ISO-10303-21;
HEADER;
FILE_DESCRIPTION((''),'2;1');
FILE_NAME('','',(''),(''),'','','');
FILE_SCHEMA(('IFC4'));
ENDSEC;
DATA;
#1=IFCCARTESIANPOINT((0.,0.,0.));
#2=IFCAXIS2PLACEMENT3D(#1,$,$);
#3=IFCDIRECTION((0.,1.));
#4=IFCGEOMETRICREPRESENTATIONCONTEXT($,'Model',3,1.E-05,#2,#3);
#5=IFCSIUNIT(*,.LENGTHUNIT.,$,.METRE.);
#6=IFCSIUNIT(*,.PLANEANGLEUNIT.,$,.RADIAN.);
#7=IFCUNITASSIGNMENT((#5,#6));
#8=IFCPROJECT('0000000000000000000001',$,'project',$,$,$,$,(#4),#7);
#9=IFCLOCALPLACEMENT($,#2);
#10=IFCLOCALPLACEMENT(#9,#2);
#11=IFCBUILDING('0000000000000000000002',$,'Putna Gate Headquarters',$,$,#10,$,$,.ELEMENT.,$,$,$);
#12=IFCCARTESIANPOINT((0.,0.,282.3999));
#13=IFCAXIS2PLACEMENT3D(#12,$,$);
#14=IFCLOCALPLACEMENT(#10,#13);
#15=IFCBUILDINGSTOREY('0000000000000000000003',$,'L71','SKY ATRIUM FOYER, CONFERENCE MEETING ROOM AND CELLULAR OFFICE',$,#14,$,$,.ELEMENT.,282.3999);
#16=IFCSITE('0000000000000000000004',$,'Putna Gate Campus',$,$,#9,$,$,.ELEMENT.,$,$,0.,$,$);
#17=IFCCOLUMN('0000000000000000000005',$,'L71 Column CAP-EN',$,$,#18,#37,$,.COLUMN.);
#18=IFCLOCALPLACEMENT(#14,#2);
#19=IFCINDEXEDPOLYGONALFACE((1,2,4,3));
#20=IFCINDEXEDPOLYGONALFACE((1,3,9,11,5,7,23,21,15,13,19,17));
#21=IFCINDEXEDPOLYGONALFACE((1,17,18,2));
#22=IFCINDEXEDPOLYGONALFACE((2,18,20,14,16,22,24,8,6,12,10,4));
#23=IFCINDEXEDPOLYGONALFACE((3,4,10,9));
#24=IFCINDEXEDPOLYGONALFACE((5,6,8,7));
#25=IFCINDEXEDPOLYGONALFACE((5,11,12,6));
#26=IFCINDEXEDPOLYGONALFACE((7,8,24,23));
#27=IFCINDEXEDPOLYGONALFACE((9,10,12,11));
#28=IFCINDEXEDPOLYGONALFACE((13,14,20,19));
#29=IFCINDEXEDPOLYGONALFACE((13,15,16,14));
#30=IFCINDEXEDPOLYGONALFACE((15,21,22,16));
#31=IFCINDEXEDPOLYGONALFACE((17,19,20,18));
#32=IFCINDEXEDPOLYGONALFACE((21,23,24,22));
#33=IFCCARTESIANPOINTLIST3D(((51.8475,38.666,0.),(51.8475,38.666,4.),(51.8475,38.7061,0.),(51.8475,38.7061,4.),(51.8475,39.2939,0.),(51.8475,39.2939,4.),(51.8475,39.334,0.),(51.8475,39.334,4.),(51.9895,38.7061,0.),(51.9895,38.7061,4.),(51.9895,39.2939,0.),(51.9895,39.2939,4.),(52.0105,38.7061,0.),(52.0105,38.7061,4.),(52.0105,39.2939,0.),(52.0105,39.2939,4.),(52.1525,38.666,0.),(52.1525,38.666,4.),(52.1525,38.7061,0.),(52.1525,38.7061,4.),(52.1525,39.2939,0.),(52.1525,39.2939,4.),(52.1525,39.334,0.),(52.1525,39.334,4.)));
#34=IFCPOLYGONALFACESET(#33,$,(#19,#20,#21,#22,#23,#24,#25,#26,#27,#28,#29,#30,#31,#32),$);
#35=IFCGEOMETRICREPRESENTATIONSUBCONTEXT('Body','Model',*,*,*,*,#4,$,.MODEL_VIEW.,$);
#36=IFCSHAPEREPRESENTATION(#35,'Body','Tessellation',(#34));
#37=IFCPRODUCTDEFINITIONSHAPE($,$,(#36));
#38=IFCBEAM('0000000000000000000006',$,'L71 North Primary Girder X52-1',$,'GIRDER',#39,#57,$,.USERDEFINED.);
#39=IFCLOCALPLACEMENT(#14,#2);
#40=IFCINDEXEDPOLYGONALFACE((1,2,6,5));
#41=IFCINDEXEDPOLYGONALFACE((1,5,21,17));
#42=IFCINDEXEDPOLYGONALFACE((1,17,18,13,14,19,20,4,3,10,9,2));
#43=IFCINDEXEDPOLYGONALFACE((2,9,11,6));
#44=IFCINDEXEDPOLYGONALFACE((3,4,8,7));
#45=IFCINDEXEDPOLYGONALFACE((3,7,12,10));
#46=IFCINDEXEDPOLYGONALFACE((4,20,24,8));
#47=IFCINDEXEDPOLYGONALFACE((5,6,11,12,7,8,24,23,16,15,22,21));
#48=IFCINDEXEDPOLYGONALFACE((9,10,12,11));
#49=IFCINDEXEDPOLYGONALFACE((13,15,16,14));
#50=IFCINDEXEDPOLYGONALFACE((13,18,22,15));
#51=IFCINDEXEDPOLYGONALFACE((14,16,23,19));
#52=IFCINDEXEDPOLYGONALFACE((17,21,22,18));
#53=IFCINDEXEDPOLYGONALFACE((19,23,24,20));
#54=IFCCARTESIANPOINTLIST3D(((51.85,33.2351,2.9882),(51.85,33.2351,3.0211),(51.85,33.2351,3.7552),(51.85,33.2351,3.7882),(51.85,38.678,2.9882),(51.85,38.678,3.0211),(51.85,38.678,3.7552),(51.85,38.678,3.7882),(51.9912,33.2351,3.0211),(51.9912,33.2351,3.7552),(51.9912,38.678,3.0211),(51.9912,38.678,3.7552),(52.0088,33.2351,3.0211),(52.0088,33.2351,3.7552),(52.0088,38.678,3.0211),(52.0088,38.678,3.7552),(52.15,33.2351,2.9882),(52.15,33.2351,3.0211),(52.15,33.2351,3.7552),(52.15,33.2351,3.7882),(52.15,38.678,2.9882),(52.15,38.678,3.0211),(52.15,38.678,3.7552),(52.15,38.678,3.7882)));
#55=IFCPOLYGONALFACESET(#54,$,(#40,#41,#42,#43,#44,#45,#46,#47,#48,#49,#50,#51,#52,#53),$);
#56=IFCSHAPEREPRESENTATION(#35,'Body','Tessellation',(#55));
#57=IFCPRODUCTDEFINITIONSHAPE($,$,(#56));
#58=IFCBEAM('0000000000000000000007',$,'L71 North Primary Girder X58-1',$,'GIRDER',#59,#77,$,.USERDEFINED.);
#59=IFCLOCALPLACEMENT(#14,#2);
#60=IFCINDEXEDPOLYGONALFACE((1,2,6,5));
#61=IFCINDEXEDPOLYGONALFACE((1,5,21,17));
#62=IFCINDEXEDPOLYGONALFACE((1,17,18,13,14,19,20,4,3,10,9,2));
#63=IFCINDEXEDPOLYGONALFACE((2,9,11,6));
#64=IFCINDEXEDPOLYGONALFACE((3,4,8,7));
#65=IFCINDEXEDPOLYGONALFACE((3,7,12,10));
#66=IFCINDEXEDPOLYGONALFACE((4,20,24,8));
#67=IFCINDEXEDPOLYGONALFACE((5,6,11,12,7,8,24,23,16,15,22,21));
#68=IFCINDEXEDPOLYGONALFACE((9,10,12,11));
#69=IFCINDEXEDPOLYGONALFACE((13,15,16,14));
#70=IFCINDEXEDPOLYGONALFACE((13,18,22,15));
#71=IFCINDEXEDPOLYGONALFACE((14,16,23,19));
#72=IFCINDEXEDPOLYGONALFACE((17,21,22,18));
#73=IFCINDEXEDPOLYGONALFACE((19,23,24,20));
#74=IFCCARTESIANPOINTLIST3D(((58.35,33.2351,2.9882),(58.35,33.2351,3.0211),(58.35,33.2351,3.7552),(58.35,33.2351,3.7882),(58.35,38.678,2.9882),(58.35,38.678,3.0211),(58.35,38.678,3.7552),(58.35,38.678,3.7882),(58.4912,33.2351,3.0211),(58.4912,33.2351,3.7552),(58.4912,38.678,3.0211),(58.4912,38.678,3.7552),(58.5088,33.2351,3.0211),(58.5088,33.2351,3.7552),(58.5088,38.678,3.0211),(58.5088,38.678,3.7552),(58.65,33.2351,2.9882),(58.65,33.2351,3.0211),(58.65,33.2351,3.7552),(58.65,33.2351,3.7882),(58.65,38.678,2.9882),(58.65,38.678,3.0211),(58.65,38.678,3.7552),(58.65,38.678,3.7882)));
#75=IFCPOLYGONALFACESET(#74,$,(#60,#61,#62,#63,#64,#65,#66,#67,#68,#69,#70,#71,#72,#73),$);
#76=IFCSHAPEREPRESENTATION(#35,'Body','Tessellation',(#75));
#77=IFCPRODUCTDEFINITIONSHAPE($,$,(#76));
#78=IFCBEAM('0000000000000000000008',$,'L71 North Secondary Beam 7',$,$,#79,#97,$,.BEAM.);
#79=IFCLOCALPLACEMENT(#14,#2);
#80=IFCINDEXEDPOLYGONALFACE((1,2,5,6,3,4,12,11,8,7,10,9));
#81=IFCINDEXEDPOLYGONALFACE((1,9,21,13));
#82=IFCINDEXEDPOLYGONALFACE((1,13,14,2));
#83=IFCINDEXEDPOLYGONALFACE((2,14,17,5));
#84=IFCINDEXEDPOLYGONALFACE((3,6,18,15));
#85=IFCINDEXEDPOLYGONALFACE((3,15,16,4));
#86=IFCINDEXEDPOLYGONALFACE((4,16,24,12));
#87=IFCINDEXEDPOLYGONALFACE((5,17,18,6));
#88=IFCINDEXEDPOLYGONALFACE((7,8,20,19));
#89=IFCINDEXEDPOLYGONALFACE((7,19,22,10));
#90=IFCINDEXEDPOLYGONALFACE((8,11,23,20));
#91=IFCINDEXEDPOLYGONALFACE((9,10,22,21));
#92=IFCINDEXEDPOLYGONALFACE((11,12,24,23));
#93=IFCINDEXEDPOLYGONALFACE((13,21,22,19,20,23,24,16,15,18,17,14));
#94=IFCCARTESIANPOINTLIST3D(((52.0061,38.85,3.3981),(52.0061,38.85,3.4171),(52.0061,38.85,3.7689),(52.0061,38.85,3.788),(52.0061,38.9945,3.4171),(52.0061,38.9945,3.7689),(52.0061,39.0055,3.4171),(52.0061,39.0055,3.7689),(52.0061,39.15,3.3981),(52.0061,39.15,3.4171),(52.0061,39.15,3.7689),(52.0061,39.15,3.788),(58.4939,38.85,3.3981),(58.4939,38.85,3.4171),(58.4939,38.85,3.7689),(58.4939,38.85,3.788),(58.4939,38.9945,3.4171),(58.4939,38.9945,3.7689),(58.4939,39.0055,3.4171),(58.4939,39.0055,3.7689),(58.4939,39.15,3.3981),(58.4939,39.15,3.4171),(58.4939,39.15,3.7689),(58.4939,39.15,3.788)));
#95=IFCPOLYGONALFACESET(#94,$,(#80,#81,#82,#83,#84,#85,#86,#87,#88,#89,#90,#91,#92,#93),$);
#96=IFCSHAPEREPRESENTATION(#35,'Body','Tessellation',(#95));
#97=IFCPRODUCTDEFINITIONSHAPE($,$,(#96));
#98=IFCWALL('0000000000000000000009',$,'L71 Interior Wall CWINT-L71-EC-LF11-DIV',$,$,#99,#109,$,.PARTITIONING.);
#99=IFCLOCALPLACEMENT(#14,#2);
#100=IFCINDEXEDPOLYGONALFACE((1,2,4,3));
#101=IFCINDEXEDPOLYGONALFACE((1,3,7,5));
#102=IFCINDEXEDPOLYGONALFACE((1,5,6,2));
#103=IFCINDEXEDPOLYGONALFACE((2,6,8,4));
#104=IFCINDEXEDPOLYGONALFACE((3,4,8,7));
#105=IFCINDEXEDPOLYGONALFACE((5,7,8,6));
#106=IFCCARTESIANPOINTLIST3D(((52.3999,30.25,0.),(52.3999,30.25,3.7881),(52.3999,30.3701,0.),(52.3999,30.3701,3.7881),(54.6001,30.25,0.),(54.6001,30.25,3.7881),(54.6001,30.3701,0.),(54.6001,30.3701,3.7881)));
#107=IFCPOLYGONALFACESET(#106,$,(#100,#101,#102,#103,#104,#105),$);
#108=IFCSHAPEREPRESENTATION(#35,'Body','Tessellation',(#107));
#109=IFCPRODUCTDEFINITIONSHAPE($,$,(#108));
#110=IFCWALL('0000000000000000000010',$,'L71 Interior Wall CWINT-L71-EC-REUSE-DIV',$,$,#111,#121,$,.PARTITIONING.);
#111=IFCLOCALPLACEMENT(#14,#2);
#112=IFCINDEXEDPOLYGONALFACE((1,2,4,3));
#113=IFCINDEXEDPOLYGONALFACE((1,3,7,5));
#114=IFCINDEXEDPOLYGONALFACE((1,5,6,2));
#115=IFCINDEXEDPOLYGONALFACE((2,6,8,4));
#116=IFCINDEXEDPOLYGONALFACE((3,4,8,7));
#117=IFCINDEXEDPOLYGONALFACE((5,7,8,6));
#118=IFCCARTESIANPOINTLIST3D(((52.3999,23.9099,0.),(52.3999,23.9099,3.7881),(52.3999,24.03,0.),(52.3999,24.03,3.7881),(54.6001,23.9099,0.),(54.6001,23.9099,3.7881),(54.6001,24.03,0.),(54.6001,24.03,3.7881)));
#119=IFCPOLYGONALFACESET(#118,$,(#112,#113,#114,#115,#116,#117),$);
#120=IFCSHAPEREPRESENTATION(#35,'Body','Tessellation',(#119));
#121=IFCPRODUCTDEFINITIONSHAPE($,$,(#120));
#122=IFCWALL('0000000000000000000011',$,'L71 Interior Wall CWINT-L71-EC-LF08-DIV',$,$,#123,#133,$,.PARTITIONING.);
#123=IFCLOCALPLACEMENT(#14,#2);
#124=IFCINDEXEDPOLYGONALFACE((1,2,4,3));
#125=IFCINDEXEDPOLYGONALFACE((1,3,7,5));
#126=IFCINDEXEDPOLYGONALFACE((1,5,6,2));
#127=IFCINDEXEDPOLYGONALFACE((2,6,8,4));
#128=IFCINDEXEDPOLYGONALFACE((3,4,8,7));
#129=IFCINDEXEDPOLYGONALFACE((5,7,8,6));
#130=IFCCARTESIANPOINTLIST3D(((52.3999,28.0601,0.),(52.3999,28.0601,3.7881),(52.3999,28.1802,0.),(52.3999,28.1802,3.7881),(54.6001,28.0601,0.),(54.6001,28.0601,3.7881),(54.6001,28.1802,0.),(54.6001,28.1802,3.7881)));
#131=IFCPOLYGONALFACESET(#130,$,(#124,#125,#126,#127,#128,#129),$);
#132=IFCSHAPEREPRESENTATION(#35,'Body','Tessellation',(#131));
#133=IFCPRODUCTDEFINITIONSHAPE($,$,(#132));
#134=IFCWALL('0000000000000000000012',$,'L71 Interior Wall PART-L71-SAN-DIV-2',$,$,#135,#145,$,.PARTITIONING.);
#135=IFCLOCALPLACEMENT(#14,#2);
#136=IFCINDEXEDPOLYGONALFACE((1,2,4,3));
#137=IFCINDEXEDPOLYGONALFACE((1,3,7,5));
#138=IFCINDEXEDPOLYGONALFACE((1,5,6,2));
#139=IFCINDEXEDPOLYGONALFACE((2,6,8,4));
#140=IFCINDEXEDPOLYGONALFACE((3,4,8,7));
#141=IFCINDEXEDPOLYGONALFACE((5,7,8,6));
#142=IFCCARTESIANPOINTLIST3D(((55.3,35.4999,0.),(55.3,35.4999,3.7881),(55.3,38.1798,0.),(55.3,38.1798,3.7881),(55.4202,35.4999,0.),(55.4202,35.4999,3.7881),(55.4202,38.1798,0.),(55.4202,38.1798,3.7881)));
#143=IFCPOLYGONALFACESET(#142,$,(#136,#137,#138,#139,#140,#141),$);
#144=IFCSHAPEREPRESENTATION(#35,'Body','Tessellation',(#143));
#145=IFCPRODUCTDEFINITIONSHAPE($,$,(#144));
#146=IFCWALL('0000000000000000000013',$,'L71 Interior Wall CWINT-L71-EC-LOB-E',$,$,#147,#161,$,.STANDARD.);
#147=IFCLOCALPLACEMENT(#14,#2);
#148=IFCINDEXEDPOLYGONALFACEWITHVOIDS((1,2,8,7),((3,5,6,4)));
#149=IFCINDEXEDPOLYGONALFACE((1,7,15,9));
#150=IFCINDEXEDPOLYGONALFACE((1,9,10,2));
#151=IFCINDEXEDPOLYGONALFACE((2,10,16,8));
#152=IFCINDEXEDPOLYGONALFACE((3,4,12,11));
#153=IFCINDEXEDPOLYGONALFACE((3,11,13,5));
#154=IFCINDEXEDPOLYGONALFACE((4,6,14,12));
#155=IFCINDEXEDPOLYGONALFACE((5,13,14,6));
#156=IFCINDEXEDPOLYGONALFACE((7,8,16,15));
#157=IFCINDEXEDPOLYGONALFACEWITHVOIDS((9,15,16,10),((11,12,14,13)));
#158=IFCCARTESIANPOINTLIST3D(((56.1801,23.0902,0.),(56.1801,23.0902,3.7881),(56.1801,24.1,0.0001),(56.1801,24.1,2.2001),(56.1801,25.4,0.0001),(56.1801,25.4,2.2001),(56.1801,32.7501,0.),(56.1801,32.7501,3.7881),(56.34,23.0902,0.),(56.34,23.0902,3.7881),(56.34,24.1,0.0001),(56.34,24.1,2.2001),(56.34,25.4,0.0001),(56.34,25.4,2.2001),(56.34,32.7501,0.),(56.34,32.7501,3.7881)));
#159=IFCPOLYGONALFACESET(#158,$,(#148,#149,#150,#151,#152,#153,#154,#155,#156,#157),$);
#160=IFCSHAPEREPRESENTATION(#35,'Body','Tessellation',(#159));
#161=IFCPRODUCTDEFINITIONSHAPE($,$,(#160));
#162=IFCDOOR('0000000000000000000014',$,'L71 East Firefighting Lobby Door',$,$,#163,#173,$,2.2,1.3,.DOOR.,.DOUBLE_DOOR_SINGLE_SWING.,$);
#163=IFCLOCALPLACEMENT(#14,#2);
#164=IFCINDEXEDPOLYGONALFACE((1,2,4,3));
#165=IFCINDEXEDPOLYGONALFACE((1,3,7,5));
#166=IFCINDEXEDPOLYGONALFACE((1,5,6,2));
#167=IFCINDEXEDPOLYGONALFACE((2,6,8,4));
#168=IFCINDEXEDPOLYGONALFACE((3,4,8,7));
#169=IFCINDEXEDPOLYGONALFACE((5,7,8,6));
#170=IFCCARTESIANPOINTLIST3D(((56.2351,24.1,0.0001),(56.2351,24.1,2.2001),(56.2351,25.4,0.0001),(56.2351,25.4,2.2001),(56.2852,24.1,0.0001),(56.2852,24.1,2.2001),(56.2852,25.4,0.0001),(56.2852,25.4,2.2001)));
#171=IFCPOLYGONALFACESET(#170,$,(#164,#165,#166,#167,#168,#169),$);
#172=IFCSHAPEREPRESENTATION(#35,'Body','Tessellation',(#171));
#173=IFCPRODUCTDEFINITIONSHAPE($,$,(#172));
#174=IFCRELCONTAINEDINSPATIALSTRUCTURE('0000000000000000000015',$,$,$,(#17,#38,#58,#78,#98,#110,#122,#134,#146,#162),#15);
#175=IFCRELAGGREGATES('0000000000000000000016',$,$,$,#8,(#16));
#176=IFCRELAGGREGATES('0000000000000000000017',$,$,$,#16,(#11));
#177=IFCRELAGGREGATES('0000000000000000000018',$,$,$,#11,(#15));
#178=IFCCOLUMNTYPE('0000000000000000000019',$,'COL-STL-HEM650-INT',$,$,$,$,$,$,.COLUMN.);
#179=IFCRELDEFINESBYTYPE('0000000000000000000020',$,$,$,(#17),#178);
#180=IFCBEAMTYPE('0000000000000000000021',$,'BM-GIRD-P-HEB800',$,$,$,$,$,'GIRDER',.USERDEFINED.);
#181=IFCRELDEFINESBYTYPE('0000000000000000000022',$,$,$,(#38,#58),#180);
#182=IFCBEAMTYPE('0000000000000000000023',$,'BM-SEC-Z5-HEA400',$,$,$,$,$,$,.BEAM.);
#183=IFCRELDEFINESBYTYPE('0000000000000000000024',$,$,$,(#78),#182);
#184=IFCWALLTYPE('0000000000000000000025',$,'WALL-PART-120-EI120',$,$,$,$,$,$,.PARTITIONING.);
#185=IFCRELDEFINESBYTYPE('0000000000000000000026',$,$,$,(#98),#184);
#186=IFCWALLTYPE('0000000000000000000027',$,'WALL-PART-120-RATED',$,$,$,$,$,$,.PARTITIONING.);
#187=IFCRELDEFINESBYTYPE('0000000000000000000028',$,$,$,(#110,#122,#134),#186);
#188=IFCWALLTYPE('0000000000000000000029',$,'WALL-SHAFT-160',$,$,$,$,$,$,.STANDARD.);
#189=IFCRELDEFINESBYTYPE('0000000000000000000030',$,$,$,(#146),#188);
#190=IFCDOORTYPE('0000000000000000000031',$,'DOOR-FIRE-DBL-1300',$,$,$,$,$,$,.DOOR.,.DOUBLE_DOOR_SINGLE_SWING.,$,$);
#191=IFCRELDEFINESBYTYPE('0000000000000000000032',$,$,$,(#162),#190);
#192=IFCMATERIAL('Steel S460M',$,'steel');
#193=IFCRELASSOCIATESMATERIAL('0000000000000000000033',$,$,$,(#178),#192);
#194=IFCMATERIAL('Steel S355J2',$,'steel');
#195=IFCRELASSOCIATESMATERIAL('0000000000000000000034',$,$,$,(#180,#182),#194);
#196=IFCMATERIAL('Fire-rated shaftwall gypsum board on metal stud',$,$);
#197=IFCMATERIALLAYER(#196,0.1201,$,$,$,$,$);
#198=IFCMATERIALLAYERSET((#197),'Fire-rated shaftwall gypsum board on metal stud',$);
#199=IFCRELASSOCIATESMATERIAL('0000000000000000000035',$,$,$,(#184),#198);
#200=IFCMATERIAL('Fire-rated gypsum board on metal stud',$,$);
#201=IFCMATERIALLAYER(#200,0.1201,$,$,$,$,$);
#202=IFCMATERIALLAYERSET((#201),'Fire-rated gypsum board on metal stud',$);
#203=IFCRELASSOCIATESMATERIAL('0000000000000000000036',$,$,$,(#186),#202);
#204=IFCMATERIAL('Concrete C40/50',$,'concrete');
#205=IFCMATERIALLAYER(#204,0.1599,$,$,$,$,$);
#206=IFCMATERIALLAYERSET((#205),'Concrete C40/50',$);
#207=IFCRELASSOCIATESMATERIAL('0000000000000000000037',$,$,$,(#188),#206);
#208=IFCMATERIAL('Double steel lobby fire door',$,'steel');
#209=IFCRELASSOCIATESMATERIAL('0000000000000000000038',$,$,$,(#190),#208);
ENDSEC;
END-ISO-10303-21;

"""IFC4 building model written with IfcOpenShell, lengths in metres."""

from ifc_helpers import new_model, si_unit, direction, frame, frame_2d, origin, origin_2d, place, context, subcontext, project, spatial, rectangle, i_section, extrude, material, layer, layer_set, material_profile, profile_set, type_object, element, fill, save


model = new_model("IFC4")

# Units and contexts
model_context = context("Model", 3, precision=1e-05, world=origin(), true_north=direction((0.0, 1.0)))
body_context = subcontext(model_context, "Body", "Model", "MODEL_VIEW")
ifc_project = project(units=[si_unit("LENGTHUNIT", "METRE"), si_unit("PLANEANGLEUNIT", "RADIAN")], contexts=[model_context])

# Site, building, storey
site_placement = place(None, origin())
site = spatial("IfcSite", under=ifc_project, at=site_placement, Name="Putna Gate Campus", CompositionType="ELEMENT", RefElevation=0.0)
building_placement = place(site_placement, origin())
building = spatial("IfcBuilding", under=site, at=building_placement, Name="Putna Gate Headquarters", CompositionType="ELEMENT")
storey_placement = place(building_placement, frame((0.0, 0.0, 282.3999)))
storey = spatial("IfcBuildingStorey", under=building, at=storey_placement, Name="L71", Description="SKY ATRIUM FOYER, CONFERENCE MEETING ROOM AND CELLULAR OFFICE", CompositionType="ELEMENT", Elevation=282.3999)

# Column
ifc_material_1 = material(Name="Steel S460M", Category="steel")
ifc_material_profile_1 = material_profile(ifc_material_1, i_section(OverallWidth=0.3049, OverallDepth=0.668, WebThickness=0.021, FlangeThickness=0.04, at=origin_2d()), Name="Steel S460M")
ifc_profile_set_1 = profile_set([ifc_material_profile_1], Name="Steel S460M")
column_type = type_object("IfcColumnType", Name="COL-STL-HEM650-INT", PredefinedType="COLUMN", material=ifc_profile_set_1)
column_placement = place(storey_placement, frame((52.0, 39.0, 0.0), z_axis=(0.0, 0.0, 1.0), x_axis=(1.0, 0.0, 0.0)))
element("IfcColumn", 1, at=column_placement, inside=storey, type_object=column_type, Name="L71 Column CAP-EN", PredefinedType="COLUMN", context=body_context, shape_type="SweptSolid", body=[
    extrude(i_section(OverallWidth=0.3049, OverallDepth=0.668, WebThickness=0.021, FlangeThickness=0.04, at=origin_2d()), origin(), (0.0, 0.0, 1.0), 4.0),
])

# Beams
ifc_material_2 = material(Name="Steel S355J2", Category="steel")
ifc_material_profile_2 = material_profile(ifc_material_2, i_section(OverallWidth=0.3, OverallDepth=0.8, WebThickness=0.0176, FlangeThickness=0.033, at=origin_2d()), Name="Steel S355J2")
ifc_profile_set_2 = profile_set([ifc_material_profile_2], Name="Steel S355J2")
beam_type_1 = type_object("IfcBeamType", Name="BM-GIRD-P-HEB800", ElementType="GIRDER", PredefinedType="USERDEFINED", material=ifc_profile_set_2)
for number, where, z_axis, x_axis, name in (
    (2, (52.0, 33.2351, 3.3882), (0.0, 1.0, 0.0), (-1.0, 0.0, 0.0), "L71 North Primary Girder X52-1"),
    (3, (58.5, 33.2351, 3.3882), (0.0, 1.0, 0.0), (-1.0, 0.0, 0.0), "L71 North Primary Girder X58-1"),
):
    element("IfcBeam", number, at=place(storey_placement, frame(where, z_axis=z_axis, x_axis=x_axis)), inside=storey, type_object=beam_type_1, Name=name, ObjectType="GIRDER", PredefinedType="USERDEFINED", context=body_context, shape_type="SweptSolid", body=[
        extrude(i_section(OverallWidth=0.3, OverallDepth=0.8, WebThickness=0.0176, FlangeThickness=0.033, at=origin_2d()), origin(), (0.0, 0.0, 1.0), 5.4429),
    ])
ifc_material_profile_3 = material_profile(ifc_material_2, i_section(OverallWidth=0.3, OverallDepth=0.3899, WebThickness=0.011, FlangeThickness=0.019, at=origin_2d()), Name="Steel S355J2")
ifc_profile_set_3 = profile_set([ifc_material_profile_3], Name="Steel S355J2")
beam_type_2 = type_object("IfcBeamType", Name="BM-SEC-Z5-HEA400", PredefinedType="BEAM", material=ifc_profile_set_3)
beam_placement = place(storey_placement, frame((52.0061, 39.0, 3.593), z_axis=(1.0, 0.0, 0.0), x_axis=(0.0, 1.0, 0.0)))
element("IfcBeam", 4, at=beam_placement, inside=storey, type_object=beam_type_2, Name="L71 North Secondary Beam 7", PredefinedType="BEAM", context=body_context, shape_type="SweptSolid", body=[
    extrude(i_section(OverallWidth=0.3, OverallDepth=0.3899, WebThickness=0.011, FlangeThickness=0.019, at=origin_2d()), origin(), (0.0, 0.0, 1.0), 6.4878),
])

# Walls
ifc_material_3 = material(Name="Fire-rated shaftwall gypsum board on metal stud")
ifc_layer_1 = layer(ifc_material_3, 0.1201)
ifc_layer_set_1 = layer_set([ifc_layer_1], Name="Fire-rated shaftwall gypsum board on metal stud")
wall_type_1 = type_object("IfcWallType", Name="WALL-PART-120-EI120", PredefinedType="PARTITIONING", material=ifc_layer_set_1)
wall_1_placement = place(storey_placement, frame((52.3999, 30.3101, 0.0), z_axis=(0.0, 0.0, 1.0), x_axis=(1.0, 0.0, 0.0)))
element("IfcWall", 5, at=wall_1_placement, inside=storey, type_object=wall_type_1, Name="L71 Interior Wall CWINT-L71-EC-LF11-DIV", PredefinedType="PARTITIONING", context=body_context, shape_type="SweptSolid", body=[
    extrude(rectangle(XDim=2.2002, YDim=0.1201, at=frame_2d((1.1001, 0.0))), origin(), (0.0, 0.0, 1.0), 3.7881),
])
ifc_material_4 = material(Name="Fire-rated gypsum board on metal stud")
ifc_layer_2 = layer(ifc_material_4, 0.1201)
ifc_layer_set_2 = layer_set([ifc_layer_2], Name="Fire-rated gypsum board on metal stud")
wall_type_2 = type_object("IfcWallType", Name="WALL-PART-120-RATED", PredefinedType="PARTITIONING", material=ifc_layer_set_2)
for number, where, z_axis, x_axis, name in (
    (6, (52.3999, 23.97, 0.0), (0.0, 0.0, 1.0), (1.0, 0.0, 0.0), "L71 Interior Wall CWINT-L71-EC-REUSE-DIV"),
    (7, (52.3999, 28.1201, 0.0), (0.0, 0.0, 1.0), (1.0, 0.0, 0.0), "L71 Interior Wall CWINT-L71-EC-LF08-DIV"),
):
    element("IfcWall", number, at=place(storey_placement, frame(where, z_axis=z_axis, x_axis=x_axis)), inside=storey, type_object=wall_type_2, Name=name, PredefinedType="PARTITIONING", context=body_context, shape_type="SweptSolid", body=[
        extrude(rectangle(XDim=2.2002, YDim=0.1201, at=frame_2d((1.1001, 0.0))), origin(), (0.0, 0.0, 1.0), 3.7881),
    ])
wall_2_placement = place(storey_placement, frame((55.3601, 35.5, 0.0), z_axis=(0.0, 0.0, 1.0), x_axis=(0.0, 1.0, 0.0)))
element("IfcWall", 8, at=wall_2_placement, inside=storey, type_object=wall_type_2, Name="L71 Interior Wall PART-L71-SAN-DIV-2", PredefinedType="PARTITIONING", context=body_context, shape_type="SweptSolid", body=[
    extrude(rectangle(XDim=2.6799, YDim=0.1201, at=frame_2d((1.3398, 0.0))), origin(), (0.0, 0.0, 1.0), 3.7881),
])

# Wall, opening, door
ifc_material_5 = material(Name="Concrete C40/50", Category="concrete")
ifc_layer_3 = layer(ifc_material_5, 0.1599)
ifc_layer_set_3 = layer_set([ifc_layer_3], Name="Concrete C40/50")
wall_type_3 = type_object("IfcWallType", Name="WALL-SHAFT-160", PredefinedType="STANDARD", material=ifc_layer_set_3)
wall_3_placement = place(storey_placement, frame((56.26, 23.0901, 0.0), z_axis=(0.0, 0.0, 1.0), x_axis=(0.0, 1.0, 0.0)))
wall_3 = element("IfcWall", 9, at=wall_3_placement, inside=storey, type_object=wall_type_3, Name="L71 Interior Wall CWINT-L71-EC-LOB-E", PredefinedType="STANDARD", context=body_context, shape_type="SweptSolid", body=[
    extrude(rectangle(XDim=9.6599, YDim=0.1599, at=frame_2d((4.8301, 0.0))), origin(), (0.0, 0.0, 1.0), 3.7881),
])
opening_1_placement = place(wall_3_placement, frame((1.01, 0.0, 0.0)))
opening_1 = element("IfcOpeningElement", 10, at=opening_1_placement, cuts=wall_3, PredefinedType="OPENING", context=body_context, shape_type="SweptSolid", body=[
    extrude(rectangle(XDim=1.3, YDim=2.2, at=frame_2d((0.6499, 1.1001))), frame((0.0, 0.0898, 0.0), z_axis=(0.0, -1.0, 0.0), x_axis=(1.0, 0.0, 0.0)), (0.0, 0.0, 1.0), 0.1799),
])
ifc_material_6 = material(Name="Double steel lobby fire door", Category="steel")
door_type_1 = type_object("IfcDoorType", Name="DOOR-FIRE-DBL-1300", OperationType="DOUBLE_DOOR_SINGLE_SWING", PredefinedType="DOOR", material=ifc_material_6)
door_1_placement = place(opening_1_placement, origin())
door_1 = element("IfcDoor", 11, at=door_1_placement, inside=storey, type_object=door_type_1, Name="L71 East Firefighting Lobby Door", OperationType="DOUBLE_DOOR_SINGLE_SWING", OverallHeight=2.2, OverallWidth=1.3, PredefinedType="DOOR", context=body_context, shape_type="SweptSolid", body=[
    extrude(rectangle(XDim=1.3, YDim=2.2, at=frame_2d((0.6499, 1.1001))), frame((0.0, 0.0249, 0.0), z_axis=(0.0, -1.0, 0.0), x_axis=(1.0, 0.0, 0.0)), (0.0, 0.0, 1.0), 0.05),
])
fill(opening_1, door_1)

save(model, "model.ifc")
